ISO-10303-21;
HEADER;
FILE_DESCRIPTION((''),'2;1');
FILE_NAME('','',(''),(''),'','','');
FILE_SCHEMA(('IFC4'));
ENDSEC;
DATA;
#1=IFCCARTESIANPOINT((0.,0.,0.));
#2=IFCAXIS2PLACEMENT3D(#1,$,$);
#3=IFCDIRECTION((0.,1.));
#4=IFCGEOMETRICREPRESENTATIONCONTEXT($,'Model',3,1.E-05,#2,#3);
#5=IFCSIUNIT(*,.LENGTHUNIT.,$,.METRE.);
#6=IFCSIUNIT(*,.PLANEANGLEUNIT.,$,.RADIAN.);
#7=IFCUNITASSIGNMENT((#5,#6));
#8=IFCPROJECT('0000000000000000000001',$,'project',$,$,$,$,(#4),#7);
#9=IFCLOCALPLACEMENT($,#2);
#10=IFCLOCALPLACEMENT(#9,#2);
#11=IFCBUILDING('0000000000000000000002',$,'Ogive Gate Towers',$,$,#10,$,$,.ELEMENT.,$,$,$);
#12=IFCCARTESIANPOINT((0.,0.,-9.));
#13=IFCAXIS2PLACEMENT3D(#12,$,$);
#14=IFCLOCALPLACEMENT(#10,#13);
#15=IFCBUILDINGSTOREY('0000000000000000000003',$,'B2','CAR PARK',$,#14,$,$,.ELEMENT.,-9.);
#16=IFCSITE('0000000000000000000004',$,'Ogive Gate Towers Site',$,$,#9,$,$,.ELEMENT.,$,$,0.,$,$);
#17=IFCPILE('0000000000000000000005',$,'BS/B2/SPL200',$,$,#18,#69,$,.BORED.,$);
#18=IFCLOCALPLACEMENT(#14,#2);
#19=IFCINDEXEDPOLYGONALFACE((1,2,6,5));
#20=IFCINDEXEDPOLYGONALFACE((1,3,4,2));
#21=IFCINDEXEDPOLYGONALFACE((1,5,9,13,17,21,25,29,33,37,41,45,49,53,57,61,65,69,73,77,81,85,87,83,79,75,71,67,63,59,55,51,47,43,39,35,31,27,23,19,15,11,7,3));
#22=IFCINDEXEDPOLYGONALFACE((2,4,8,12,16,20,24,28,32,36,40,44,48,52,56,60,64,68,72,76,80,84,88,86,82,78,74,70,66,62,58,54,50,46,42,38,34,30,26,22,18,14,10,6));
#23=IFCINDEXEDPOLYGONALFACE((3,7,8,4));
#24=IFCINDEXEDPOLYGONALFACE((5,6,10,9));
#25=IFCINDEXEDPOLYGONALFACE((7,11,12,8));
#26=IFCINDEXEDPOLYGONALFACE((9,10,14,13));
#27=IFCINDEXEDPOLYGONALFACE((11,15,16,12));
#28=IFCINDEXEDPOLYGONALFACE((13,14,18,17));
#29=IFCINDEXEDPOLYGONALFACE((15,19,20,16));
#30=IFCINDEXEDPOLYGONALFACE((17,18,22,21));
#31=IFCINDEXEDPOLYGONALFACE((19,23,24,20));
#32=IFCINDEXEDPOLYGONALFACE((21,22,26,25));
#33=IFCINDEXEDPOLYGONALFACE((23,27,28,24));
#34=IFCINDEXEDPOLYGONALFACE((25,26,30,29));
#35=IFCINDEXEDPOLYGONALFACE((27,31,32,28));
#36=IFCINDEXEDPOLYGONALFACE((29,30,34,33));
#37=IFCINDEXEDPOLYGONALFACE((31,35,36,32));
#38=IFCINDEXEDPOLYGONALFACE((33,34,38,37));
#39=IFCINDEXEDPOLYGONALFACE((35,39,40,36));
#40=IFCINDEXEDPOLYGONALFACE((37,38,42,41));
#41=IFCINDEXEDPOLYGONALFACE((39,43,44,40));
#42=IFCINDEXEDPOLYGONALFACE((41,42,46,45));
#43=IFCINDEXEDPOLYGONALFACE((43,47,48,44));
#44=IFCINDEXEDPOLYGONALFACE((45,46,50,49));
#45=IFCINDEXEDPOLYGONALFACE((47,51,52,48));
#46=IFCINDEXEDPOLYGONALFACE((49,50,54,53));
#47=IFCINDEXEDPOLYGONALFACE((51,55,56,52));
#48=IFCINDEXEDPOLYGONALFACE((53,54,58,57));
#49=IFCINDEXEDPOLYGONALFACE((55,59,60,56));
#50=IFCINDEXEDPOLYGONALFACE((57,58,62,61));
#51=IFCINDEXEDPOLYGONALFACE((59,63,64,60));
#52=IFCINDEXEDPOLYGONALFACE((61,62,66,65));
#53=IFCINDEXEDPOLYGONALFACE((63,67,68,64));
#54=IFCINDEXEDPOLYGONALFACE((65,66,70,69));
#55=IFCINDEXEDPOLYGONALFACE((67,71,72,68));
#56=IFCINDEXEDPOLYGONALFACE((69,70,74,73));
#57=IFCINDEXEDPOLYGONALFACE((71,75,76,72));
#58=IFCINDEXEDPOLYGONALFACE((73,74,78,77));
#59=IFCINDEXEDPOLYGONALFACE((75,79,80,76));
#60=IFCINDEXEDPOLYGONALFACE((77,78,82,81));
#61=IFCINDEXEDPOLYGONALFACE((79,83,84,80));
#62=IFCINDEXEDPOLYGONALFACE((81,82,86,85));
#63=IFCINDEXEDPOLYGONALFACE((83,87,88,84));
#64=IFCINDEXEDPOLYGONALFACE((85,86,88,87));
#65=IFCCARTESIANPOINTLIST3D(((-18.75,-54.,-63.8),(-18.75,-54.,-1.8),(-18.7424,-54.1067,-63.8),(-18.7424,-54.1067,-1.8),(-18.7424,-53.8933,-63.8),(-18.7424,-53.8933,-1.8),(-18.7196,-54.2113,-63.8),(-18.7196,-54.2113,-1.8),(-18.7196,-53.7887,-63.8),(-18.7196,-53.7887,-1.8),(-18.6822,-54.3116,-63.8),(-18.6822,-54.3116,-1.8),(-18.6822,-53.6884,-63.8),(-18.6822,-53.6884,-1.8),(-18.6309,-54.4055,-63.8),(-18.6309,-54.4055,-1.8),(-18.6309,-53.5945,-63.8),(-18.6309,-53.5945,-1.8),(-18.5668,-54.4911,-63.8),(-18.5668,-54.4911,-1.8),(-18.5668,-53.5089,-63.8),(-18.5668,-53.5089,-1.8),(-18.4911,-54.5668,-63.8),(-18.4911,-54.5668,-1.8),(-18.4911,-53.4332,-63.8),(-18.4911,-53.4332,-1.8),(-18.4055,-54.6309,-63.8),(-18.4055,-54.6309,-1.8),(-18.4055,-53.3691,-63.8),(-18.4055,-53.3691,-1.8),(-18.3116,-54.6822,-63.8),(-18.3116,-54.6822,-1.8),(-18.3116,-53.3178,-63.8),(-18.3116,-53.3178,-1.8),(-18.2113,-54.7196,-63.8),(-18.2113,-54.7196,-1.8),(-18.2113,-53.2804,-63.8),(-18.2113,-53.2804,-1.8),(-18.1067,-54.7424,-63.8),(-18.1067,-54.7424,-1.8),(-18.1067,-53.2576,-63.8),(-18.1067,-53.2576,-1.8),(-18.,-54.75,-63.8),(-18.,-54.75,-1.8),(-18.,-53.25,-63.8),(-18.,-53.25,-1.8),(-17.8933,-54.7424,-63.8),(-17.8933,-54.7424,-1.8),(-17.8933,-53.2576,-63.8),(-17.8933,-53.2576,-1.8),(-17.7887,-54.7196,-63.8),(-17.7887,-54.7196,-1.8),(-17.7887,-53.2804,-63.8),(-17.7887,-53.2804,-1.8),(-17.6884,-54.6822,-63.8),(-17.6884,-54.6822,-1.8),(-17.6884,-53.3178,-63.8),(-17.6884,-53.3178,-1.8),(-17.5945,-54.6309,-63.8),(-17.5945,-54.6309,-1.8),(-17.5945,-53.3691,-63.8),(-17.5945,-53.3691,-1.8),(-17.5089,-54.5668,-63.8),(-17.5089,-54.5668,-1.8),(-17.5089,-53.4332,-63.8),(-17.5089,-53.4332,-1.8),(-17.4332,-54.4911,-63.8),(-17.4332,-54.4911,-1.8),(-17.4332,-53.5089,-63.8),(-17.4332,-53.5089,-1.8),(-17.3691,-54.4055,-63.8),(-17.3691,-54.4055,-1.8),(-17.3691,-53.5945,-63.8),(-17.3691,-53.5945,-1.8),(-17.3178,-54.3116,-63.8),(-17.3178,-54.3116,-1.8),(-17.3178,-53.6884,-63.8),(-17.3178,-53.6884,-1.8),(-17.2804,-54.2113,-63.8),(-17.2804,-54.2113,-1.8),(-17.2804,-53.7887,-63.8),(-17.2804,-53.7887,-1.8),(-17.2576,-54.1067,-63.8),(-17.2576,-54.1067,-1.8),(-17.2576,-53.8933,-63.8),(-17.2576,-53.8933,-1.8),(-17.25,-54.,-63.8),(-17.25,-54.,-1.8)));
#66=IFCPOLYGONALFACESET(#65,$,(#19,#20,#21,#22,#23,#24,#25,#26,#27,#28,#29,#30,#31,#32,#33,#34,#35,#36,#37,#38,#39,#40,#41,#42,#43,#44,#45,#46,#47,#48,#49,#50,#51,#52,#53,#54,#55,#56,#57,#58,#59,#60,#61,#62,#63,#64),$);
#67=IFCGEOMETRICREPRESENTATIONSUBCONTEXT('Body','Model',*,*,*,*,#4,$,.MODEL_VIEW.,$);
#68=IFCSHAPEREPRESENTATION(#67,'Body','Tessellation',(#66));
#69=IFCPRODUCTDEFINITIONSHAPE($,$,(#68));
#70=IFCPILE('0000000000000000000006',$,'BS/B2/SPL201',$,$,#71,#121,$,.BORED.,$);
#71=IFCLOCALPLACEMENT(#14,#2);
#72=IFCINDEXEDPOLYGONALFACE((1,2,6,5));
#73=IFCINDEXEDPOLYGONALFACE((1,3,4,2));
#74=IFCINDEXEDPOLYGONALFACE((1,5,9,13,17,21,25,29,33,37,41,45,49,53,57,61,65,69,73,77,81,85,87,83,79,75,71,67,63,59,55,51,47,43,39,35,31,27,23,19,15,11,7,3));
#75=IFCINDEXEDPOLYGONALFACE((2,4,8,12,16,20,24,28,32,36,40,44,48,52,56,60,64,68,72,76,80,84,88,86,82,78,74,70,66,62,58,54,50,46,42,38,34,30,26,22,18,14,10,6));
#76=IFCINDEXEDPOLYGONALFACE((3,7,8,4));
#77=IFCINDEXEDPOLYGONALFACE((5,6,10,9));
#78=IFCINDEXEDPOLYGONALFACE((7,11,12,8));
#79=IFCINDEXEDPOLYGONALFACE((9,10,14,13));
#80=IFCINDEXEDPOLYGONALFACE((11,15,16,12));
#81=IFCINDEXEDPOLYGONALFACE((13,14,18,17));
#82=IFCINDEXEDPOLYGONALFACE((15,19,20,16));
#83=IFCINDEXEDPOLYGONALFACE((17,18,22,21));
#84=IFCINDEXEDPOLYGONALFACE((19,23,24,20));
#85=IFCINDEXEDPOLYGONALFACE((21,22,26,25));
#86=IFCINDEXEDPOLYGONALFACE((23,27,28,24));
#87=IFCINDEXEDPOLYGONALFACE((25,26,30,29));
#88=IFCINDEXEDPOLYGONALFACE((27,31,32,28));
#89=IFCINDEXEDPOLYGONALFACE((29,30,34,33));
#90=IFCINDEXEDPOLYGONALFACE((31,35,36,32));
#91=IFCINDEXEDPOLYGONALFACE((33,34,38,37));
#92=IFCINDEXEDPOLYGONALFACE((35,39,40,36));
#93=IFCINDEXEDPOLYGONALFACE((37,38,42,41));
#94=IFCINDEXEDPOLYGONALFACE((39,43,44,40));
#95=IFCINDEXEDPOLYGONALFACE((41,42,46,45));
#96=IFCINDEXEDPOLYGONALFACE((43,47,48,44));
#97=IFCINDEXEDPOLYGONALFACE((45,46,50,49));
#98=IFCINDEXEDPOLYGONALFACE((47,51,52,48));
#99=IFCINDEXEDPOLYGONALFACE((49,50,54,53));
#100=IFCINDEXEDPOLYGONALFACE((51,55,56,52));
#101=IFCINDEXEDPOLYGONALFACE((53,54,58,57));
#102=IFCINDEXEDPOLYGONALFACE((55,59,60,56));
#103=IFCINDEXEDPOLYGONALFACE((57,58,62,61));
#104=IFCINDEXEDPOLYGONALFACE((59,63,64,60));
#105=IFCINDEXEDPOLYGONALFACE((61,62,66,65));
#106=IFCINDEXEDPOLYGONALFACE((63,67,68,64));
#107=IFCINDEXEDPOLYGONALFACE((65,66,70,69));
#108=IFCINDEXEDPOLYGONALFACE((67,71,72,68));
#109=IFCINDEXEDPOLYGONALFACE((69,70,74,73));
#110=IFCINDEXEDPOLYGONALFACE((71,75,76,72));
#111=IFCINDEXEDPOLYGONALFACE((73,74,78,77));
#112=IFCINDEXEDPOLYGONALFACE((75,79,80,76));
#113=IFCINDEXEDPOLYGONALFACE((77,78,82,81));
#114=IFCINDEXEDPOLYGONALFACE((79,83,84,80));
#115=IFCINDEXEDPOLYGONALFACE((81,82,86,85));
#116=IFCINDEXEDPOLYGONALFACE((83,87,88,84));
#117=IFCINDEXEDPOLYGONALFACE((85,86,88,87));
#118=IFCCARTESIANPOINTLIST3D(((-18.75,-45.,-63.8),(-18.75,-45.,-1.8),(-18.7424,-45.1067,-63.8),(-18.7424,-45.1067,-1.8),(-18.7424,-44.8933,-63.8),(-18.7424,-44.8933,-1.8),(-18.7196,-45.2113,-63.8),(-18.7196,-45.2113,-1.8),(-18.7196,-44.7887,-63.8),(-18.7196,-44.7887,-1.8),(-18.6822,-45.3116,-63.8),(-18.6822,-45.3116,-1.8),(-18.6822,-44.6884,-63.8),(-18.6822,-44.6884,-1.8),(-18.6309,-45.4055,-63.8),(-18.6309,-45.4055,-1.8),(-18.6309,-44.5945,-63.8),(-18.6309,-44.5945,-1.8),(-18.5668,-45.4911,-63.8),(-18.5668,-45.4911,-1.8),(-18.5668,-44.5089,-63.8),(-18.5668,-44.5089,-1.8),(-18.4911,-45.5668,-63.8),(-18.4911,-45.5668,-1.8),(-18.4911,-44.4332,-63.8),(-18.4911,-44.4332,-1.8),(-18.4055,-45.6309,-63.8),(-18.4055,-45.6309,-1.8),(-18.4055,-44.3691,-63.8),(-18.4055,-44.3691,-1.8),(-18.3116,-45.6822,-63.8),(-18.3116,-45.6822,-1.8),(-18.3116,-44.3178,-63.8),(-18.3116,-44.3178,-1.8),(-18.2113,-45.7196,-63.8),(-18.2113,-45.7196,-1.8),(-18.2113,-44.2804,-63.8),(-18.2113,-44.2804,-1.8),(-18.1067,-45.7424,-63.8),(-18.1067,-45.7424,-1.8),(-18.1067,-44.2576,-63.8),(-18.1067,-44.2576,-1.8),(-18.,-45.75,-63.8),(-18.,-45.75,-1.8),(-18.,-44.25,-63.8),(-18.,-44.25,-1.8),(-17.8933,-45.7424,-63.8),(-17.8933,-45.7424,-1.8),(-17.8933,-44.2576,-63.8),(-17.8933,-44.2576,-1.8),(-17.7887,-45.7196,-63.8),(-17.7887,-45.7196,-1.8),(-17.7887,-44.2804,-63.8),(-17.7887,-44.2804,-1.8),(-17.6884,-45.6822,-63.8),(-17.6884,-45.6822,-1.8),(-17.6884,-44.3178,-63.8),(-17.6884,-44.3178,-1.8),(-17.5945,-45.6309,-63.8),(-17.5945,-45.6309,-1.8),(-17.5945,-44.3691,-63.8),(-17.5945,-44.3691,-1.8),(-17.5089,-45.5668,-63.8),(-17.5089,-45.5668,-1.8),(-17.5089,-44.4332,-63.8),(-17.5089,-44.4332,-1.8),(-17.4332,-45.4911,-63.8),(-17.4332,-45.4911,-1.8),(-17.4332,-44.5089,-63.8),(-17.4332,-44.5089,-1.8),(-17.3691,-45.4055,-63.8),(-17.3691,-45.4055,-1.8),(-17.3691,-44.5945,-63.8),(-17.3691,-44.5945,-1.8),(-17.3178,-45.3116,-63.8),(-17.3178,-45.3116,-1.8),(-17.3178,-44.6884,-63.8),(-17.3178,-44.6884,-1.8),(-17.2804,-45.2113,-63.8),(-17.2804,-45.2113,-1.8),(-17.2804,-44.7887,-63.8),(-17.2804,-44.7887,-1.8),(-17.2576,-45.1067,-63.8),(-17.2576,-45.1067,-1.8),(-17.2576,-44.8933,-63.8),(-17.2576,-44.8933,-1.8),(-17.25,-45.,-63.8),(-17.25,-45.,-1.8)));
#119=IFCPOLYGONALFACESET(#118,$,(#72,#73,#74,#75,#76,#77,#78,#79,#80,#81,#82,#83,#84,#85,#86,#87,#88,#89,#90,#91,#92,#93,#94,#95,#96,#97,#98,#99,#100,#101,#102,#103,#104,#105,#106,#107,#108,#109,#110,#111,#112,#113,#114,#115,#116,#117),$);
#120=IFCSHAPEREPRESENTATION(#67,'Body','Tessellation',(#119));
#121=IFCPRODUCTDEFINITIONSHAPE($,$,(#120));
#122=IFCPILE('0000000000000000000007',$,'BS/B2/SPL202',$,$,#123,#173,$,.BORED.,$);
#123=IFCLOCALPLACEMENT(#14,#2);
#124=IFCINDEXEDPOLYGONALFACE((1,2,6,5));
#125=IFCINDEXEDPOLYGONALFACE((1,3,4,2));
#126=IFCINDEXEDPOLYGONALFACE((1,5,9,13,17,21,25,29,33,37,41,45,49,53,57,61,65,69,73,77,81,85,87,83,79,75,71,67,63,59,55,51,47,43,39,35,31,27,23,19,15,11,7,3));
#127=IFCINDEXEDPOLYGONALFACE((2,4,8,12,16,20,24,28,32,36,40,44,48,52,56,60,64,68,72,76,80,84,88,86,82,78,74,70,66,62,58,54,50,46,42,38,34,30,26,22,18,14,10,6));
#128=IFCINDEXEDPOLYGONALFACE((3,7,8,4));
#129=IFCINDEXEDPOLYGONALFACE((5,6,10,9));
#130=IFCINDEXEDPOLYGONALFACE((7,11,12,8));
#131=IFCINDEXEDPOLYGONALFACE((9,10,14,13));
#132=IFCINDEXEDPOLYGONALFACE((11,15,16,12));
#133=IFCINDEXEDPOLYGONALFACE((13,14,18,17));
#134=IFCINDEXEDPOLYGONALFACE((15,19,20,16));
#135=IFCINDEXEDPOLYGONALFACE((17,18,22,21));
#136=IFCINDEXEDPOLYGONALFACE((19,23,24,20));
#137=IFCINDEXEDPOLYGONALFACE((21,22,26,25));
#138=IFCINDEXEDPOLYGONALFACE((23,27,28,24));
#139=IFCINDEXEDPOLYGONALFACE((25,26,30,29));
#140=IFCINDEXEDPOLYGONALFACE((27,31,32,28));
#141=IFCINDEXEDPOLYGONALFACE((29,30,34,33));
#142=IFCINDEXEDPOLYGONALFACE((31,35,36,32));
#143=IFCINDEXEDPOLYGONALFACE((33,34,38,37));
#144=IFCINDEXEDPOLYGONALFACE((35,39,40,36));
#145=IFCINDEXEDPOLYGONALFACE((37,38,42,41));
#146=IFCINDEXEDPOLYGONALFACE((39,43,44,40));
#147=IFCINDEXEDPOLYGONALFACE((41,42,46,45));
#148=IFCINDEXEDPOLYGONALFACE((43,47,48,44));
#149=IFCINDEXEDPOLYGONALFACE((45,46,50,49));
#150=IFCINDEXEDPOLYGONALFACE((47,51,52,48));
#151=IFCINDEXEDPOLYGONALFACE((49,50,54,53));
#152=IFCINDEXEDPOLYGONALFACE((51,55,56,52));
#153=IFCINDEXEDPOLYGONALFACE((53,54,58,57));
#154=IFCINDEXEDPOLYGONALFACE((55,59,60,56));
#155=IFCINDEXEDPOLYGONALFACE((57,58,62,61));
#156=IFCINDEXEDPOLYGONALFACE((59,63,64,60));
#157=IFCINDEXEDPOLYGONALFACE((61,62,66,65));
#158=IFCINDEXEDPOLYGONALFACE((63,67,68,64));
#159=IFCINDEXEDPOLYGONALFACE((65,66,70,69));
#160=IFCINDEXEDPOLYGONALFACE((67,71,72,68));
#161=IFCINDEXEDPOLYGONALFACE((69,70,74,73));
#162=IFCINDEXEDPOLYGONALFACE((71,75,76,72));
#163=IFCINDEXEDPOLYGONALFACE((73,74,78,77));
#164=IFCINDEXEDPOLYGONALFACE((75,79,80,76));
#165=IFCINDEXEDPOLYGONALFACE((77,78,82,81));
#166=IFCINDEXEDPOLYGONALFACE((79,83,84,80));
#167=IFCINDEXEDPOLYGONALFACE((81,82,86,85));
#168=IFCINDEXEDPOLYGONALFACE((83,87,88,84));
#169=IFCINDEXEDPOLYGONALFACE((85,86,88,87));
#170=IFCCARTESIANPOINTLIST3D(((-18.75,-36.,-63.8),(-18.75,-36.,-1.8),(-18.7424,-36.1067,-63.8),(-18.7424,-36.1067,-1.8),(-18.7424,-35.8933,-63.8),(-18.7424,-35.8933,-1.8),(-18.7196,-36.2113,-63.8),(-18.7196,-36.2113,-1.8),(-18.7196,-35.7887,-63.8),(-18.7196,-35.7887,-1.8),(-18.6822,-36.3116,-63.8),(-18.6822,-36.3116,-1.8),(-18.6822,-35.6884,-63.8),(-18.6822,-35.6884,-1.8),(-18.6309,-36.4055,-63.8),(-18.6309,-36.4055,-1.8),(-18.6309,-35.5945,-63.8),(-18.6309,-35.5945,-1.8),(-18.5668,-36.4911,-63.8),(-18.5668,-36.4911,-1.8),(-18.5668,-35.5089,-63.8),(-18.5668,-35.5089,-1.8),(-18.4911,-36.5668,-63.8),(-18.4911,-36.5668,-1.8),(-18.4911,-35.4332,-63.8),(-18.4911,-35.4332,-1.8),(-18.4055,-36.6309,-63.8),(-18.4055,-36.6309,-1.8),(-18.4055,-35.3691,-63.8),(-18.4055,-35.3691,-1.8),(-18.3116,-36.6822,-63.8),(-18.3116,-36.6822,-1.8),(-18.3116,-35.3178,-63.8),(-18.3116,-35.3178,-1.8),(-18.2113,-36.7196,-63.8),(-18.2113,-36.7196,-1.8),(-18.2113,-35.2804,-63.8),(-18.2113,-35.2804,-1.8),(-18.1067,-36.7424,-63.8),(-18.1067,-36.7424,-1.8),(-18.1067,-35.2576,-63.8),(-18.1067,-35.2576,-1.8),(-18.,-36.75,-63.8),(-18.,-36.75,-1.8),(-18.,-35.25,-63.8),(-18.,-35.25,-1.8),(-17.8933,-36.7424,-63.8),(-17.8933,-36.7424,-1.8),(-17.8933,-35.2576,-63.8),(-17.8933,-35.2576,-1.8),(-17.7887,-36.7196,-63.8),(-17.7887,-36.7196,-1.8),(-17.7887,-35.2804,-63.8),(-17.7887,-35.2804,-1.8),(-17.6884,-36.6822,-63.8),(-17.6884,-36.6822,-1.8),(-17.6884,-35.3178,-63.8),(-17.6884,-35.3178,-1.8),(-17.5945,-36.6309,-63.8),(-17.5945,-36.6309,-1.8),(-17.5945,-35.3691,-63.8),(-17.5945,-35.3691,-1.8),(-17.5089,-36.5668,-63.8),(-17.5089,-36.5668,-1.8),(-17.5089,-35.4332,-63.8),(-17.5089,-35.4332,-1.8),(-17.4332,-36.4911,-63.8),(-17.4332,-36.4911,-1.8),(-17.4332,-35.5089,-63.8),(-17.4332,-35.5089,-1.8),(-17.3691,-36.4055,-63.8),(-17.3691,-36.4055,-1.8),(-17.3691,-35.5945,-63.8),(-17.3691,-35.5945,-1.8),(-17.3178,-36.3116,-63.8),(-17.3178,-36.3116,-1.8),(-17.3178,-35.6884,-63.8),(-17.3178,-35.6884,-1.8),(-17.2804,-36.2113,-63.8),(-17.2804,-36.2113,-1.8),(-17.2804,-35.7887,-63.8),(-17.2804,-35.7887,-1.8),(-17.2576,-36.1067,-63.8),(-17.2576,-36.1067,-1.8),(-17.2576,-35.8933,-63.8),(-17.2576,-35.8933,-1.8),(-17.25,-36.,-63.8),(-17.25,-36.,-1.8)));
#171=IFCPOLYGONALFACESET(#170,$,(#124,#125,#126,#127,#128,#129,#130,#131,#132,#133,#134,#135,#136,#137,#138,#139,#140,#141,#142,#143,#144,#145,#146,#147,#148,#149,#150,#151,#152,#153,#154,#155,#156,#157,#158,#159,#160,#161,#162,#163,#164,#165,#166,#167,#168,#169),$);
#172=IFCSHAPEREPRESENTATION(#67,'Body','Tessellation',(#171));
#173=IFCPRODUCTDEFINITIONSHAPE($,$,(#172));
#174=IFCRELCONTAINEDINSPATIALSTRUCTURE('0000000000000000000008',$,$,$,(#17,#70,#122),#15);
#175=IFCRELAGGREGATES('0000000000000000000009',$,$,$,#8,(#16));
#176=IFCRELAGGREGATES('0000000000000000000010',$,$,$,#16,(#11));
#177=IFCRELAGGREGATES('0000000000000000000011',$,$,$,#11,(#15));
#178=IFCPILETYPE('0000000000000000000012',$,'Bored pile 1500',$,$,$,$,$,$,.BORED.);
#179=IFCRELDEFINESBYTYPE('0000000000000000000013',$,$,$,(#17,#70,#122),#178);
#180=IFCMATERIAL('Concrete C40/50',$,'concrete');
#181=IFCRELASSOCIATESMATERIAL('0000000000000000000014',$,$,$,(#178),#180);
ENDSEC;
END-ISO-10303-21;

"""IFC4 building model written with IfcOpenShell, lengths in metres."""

from ifc_helpers import new_model, si_unit, direction, frame, origin, origin_2d, place, context, subcontext, project, spatial, circle, extrude, material, material_profile, profile_set, type_object, element, save


model = new_model("IFC4")

# Units and contexts
model_context = context("Model", 3, precision=1e-05, world=origin(), true_north=direction((0.0, 1.0)))
body_context = subcontext(model_context, "Body", "Model", "MODEL_VIEW")
ifc_project = project(units=[si_unit("LENGTHUNIT", "METRE"), si_unit("PLANEANGLEUNIT", "RADIAN")], contexts=[model_context])

# Site, building, storey
site_placement = place(None, origin())
site = spatial("IfcSite", under=ifc_project, at=site_placement, Name="Ogive Gate Towers Site", CompositionType="ELEMENT", RefElevation=0.0)
building_placement = place(site_placement, origin())
building = spatial("IfcBuilding", under=site, at=building_placement, Name="Ogive Gate Towers", CompositionType="ELEMENT")
storey_placement = place(building_placement, frame((0.0, 0.0, -9.0)))
storey = spatial("IfcBuildingStorey", under=building, at=storey_placement, Name="B2", Description="CAR PARK", CompositionType="ELEMENT", Elevation=-9.0)

# Piles
ifc_material_1 = material(Name="Concrete C40/50", Category="concrete")
ifc_material_profile_1 = material_profile(ifc_material_1, circle(Radius=0.75, at=origin_2d()), Name="BP 1500")
ifc_profile_set_1 = profile_set([ifc_material_profile_1], Name="Concrete C40/50")
pile_type = type_object("IfcPileType", Name="Bored pile 1500", PredefinedType="BORED", material=ifc_profile_set_1)
for number, where, z_axis, x_axis, name in (
    (1, (-18.0, -54.0, -1.8), (0.0, 0.0, -1.0), (1.0, 0.0, 0.0), "BS/B2/SPL200"),
    (2, (-18.0, -45.0, -1.8), (0.0, 0.0, -1.0), (1.0, 0.0, 0.0), "BS/B2/SPL201"),
    (3, (-18.0, -36.0, -1.8), (0.0, 0.0, -1.0), (1.0, 0.0, 0.0), "BS/B2/SPL202"),
):
    element("IfcPile", number, at=place(storey_placement, frame(where, z_axis=z_axis, x_axis=x_axis)), inside=storey, type_object=pile_type, Name=name, PredefinedType="BORED", context=body_context, shape_type="SweptSolid", body=[
        extrude(circle(Radius=0.75, at=origin_2d()), origin(), (0.0, 0.0, 1.0), 62.0),
    ])

save(model, "model.ifc")
